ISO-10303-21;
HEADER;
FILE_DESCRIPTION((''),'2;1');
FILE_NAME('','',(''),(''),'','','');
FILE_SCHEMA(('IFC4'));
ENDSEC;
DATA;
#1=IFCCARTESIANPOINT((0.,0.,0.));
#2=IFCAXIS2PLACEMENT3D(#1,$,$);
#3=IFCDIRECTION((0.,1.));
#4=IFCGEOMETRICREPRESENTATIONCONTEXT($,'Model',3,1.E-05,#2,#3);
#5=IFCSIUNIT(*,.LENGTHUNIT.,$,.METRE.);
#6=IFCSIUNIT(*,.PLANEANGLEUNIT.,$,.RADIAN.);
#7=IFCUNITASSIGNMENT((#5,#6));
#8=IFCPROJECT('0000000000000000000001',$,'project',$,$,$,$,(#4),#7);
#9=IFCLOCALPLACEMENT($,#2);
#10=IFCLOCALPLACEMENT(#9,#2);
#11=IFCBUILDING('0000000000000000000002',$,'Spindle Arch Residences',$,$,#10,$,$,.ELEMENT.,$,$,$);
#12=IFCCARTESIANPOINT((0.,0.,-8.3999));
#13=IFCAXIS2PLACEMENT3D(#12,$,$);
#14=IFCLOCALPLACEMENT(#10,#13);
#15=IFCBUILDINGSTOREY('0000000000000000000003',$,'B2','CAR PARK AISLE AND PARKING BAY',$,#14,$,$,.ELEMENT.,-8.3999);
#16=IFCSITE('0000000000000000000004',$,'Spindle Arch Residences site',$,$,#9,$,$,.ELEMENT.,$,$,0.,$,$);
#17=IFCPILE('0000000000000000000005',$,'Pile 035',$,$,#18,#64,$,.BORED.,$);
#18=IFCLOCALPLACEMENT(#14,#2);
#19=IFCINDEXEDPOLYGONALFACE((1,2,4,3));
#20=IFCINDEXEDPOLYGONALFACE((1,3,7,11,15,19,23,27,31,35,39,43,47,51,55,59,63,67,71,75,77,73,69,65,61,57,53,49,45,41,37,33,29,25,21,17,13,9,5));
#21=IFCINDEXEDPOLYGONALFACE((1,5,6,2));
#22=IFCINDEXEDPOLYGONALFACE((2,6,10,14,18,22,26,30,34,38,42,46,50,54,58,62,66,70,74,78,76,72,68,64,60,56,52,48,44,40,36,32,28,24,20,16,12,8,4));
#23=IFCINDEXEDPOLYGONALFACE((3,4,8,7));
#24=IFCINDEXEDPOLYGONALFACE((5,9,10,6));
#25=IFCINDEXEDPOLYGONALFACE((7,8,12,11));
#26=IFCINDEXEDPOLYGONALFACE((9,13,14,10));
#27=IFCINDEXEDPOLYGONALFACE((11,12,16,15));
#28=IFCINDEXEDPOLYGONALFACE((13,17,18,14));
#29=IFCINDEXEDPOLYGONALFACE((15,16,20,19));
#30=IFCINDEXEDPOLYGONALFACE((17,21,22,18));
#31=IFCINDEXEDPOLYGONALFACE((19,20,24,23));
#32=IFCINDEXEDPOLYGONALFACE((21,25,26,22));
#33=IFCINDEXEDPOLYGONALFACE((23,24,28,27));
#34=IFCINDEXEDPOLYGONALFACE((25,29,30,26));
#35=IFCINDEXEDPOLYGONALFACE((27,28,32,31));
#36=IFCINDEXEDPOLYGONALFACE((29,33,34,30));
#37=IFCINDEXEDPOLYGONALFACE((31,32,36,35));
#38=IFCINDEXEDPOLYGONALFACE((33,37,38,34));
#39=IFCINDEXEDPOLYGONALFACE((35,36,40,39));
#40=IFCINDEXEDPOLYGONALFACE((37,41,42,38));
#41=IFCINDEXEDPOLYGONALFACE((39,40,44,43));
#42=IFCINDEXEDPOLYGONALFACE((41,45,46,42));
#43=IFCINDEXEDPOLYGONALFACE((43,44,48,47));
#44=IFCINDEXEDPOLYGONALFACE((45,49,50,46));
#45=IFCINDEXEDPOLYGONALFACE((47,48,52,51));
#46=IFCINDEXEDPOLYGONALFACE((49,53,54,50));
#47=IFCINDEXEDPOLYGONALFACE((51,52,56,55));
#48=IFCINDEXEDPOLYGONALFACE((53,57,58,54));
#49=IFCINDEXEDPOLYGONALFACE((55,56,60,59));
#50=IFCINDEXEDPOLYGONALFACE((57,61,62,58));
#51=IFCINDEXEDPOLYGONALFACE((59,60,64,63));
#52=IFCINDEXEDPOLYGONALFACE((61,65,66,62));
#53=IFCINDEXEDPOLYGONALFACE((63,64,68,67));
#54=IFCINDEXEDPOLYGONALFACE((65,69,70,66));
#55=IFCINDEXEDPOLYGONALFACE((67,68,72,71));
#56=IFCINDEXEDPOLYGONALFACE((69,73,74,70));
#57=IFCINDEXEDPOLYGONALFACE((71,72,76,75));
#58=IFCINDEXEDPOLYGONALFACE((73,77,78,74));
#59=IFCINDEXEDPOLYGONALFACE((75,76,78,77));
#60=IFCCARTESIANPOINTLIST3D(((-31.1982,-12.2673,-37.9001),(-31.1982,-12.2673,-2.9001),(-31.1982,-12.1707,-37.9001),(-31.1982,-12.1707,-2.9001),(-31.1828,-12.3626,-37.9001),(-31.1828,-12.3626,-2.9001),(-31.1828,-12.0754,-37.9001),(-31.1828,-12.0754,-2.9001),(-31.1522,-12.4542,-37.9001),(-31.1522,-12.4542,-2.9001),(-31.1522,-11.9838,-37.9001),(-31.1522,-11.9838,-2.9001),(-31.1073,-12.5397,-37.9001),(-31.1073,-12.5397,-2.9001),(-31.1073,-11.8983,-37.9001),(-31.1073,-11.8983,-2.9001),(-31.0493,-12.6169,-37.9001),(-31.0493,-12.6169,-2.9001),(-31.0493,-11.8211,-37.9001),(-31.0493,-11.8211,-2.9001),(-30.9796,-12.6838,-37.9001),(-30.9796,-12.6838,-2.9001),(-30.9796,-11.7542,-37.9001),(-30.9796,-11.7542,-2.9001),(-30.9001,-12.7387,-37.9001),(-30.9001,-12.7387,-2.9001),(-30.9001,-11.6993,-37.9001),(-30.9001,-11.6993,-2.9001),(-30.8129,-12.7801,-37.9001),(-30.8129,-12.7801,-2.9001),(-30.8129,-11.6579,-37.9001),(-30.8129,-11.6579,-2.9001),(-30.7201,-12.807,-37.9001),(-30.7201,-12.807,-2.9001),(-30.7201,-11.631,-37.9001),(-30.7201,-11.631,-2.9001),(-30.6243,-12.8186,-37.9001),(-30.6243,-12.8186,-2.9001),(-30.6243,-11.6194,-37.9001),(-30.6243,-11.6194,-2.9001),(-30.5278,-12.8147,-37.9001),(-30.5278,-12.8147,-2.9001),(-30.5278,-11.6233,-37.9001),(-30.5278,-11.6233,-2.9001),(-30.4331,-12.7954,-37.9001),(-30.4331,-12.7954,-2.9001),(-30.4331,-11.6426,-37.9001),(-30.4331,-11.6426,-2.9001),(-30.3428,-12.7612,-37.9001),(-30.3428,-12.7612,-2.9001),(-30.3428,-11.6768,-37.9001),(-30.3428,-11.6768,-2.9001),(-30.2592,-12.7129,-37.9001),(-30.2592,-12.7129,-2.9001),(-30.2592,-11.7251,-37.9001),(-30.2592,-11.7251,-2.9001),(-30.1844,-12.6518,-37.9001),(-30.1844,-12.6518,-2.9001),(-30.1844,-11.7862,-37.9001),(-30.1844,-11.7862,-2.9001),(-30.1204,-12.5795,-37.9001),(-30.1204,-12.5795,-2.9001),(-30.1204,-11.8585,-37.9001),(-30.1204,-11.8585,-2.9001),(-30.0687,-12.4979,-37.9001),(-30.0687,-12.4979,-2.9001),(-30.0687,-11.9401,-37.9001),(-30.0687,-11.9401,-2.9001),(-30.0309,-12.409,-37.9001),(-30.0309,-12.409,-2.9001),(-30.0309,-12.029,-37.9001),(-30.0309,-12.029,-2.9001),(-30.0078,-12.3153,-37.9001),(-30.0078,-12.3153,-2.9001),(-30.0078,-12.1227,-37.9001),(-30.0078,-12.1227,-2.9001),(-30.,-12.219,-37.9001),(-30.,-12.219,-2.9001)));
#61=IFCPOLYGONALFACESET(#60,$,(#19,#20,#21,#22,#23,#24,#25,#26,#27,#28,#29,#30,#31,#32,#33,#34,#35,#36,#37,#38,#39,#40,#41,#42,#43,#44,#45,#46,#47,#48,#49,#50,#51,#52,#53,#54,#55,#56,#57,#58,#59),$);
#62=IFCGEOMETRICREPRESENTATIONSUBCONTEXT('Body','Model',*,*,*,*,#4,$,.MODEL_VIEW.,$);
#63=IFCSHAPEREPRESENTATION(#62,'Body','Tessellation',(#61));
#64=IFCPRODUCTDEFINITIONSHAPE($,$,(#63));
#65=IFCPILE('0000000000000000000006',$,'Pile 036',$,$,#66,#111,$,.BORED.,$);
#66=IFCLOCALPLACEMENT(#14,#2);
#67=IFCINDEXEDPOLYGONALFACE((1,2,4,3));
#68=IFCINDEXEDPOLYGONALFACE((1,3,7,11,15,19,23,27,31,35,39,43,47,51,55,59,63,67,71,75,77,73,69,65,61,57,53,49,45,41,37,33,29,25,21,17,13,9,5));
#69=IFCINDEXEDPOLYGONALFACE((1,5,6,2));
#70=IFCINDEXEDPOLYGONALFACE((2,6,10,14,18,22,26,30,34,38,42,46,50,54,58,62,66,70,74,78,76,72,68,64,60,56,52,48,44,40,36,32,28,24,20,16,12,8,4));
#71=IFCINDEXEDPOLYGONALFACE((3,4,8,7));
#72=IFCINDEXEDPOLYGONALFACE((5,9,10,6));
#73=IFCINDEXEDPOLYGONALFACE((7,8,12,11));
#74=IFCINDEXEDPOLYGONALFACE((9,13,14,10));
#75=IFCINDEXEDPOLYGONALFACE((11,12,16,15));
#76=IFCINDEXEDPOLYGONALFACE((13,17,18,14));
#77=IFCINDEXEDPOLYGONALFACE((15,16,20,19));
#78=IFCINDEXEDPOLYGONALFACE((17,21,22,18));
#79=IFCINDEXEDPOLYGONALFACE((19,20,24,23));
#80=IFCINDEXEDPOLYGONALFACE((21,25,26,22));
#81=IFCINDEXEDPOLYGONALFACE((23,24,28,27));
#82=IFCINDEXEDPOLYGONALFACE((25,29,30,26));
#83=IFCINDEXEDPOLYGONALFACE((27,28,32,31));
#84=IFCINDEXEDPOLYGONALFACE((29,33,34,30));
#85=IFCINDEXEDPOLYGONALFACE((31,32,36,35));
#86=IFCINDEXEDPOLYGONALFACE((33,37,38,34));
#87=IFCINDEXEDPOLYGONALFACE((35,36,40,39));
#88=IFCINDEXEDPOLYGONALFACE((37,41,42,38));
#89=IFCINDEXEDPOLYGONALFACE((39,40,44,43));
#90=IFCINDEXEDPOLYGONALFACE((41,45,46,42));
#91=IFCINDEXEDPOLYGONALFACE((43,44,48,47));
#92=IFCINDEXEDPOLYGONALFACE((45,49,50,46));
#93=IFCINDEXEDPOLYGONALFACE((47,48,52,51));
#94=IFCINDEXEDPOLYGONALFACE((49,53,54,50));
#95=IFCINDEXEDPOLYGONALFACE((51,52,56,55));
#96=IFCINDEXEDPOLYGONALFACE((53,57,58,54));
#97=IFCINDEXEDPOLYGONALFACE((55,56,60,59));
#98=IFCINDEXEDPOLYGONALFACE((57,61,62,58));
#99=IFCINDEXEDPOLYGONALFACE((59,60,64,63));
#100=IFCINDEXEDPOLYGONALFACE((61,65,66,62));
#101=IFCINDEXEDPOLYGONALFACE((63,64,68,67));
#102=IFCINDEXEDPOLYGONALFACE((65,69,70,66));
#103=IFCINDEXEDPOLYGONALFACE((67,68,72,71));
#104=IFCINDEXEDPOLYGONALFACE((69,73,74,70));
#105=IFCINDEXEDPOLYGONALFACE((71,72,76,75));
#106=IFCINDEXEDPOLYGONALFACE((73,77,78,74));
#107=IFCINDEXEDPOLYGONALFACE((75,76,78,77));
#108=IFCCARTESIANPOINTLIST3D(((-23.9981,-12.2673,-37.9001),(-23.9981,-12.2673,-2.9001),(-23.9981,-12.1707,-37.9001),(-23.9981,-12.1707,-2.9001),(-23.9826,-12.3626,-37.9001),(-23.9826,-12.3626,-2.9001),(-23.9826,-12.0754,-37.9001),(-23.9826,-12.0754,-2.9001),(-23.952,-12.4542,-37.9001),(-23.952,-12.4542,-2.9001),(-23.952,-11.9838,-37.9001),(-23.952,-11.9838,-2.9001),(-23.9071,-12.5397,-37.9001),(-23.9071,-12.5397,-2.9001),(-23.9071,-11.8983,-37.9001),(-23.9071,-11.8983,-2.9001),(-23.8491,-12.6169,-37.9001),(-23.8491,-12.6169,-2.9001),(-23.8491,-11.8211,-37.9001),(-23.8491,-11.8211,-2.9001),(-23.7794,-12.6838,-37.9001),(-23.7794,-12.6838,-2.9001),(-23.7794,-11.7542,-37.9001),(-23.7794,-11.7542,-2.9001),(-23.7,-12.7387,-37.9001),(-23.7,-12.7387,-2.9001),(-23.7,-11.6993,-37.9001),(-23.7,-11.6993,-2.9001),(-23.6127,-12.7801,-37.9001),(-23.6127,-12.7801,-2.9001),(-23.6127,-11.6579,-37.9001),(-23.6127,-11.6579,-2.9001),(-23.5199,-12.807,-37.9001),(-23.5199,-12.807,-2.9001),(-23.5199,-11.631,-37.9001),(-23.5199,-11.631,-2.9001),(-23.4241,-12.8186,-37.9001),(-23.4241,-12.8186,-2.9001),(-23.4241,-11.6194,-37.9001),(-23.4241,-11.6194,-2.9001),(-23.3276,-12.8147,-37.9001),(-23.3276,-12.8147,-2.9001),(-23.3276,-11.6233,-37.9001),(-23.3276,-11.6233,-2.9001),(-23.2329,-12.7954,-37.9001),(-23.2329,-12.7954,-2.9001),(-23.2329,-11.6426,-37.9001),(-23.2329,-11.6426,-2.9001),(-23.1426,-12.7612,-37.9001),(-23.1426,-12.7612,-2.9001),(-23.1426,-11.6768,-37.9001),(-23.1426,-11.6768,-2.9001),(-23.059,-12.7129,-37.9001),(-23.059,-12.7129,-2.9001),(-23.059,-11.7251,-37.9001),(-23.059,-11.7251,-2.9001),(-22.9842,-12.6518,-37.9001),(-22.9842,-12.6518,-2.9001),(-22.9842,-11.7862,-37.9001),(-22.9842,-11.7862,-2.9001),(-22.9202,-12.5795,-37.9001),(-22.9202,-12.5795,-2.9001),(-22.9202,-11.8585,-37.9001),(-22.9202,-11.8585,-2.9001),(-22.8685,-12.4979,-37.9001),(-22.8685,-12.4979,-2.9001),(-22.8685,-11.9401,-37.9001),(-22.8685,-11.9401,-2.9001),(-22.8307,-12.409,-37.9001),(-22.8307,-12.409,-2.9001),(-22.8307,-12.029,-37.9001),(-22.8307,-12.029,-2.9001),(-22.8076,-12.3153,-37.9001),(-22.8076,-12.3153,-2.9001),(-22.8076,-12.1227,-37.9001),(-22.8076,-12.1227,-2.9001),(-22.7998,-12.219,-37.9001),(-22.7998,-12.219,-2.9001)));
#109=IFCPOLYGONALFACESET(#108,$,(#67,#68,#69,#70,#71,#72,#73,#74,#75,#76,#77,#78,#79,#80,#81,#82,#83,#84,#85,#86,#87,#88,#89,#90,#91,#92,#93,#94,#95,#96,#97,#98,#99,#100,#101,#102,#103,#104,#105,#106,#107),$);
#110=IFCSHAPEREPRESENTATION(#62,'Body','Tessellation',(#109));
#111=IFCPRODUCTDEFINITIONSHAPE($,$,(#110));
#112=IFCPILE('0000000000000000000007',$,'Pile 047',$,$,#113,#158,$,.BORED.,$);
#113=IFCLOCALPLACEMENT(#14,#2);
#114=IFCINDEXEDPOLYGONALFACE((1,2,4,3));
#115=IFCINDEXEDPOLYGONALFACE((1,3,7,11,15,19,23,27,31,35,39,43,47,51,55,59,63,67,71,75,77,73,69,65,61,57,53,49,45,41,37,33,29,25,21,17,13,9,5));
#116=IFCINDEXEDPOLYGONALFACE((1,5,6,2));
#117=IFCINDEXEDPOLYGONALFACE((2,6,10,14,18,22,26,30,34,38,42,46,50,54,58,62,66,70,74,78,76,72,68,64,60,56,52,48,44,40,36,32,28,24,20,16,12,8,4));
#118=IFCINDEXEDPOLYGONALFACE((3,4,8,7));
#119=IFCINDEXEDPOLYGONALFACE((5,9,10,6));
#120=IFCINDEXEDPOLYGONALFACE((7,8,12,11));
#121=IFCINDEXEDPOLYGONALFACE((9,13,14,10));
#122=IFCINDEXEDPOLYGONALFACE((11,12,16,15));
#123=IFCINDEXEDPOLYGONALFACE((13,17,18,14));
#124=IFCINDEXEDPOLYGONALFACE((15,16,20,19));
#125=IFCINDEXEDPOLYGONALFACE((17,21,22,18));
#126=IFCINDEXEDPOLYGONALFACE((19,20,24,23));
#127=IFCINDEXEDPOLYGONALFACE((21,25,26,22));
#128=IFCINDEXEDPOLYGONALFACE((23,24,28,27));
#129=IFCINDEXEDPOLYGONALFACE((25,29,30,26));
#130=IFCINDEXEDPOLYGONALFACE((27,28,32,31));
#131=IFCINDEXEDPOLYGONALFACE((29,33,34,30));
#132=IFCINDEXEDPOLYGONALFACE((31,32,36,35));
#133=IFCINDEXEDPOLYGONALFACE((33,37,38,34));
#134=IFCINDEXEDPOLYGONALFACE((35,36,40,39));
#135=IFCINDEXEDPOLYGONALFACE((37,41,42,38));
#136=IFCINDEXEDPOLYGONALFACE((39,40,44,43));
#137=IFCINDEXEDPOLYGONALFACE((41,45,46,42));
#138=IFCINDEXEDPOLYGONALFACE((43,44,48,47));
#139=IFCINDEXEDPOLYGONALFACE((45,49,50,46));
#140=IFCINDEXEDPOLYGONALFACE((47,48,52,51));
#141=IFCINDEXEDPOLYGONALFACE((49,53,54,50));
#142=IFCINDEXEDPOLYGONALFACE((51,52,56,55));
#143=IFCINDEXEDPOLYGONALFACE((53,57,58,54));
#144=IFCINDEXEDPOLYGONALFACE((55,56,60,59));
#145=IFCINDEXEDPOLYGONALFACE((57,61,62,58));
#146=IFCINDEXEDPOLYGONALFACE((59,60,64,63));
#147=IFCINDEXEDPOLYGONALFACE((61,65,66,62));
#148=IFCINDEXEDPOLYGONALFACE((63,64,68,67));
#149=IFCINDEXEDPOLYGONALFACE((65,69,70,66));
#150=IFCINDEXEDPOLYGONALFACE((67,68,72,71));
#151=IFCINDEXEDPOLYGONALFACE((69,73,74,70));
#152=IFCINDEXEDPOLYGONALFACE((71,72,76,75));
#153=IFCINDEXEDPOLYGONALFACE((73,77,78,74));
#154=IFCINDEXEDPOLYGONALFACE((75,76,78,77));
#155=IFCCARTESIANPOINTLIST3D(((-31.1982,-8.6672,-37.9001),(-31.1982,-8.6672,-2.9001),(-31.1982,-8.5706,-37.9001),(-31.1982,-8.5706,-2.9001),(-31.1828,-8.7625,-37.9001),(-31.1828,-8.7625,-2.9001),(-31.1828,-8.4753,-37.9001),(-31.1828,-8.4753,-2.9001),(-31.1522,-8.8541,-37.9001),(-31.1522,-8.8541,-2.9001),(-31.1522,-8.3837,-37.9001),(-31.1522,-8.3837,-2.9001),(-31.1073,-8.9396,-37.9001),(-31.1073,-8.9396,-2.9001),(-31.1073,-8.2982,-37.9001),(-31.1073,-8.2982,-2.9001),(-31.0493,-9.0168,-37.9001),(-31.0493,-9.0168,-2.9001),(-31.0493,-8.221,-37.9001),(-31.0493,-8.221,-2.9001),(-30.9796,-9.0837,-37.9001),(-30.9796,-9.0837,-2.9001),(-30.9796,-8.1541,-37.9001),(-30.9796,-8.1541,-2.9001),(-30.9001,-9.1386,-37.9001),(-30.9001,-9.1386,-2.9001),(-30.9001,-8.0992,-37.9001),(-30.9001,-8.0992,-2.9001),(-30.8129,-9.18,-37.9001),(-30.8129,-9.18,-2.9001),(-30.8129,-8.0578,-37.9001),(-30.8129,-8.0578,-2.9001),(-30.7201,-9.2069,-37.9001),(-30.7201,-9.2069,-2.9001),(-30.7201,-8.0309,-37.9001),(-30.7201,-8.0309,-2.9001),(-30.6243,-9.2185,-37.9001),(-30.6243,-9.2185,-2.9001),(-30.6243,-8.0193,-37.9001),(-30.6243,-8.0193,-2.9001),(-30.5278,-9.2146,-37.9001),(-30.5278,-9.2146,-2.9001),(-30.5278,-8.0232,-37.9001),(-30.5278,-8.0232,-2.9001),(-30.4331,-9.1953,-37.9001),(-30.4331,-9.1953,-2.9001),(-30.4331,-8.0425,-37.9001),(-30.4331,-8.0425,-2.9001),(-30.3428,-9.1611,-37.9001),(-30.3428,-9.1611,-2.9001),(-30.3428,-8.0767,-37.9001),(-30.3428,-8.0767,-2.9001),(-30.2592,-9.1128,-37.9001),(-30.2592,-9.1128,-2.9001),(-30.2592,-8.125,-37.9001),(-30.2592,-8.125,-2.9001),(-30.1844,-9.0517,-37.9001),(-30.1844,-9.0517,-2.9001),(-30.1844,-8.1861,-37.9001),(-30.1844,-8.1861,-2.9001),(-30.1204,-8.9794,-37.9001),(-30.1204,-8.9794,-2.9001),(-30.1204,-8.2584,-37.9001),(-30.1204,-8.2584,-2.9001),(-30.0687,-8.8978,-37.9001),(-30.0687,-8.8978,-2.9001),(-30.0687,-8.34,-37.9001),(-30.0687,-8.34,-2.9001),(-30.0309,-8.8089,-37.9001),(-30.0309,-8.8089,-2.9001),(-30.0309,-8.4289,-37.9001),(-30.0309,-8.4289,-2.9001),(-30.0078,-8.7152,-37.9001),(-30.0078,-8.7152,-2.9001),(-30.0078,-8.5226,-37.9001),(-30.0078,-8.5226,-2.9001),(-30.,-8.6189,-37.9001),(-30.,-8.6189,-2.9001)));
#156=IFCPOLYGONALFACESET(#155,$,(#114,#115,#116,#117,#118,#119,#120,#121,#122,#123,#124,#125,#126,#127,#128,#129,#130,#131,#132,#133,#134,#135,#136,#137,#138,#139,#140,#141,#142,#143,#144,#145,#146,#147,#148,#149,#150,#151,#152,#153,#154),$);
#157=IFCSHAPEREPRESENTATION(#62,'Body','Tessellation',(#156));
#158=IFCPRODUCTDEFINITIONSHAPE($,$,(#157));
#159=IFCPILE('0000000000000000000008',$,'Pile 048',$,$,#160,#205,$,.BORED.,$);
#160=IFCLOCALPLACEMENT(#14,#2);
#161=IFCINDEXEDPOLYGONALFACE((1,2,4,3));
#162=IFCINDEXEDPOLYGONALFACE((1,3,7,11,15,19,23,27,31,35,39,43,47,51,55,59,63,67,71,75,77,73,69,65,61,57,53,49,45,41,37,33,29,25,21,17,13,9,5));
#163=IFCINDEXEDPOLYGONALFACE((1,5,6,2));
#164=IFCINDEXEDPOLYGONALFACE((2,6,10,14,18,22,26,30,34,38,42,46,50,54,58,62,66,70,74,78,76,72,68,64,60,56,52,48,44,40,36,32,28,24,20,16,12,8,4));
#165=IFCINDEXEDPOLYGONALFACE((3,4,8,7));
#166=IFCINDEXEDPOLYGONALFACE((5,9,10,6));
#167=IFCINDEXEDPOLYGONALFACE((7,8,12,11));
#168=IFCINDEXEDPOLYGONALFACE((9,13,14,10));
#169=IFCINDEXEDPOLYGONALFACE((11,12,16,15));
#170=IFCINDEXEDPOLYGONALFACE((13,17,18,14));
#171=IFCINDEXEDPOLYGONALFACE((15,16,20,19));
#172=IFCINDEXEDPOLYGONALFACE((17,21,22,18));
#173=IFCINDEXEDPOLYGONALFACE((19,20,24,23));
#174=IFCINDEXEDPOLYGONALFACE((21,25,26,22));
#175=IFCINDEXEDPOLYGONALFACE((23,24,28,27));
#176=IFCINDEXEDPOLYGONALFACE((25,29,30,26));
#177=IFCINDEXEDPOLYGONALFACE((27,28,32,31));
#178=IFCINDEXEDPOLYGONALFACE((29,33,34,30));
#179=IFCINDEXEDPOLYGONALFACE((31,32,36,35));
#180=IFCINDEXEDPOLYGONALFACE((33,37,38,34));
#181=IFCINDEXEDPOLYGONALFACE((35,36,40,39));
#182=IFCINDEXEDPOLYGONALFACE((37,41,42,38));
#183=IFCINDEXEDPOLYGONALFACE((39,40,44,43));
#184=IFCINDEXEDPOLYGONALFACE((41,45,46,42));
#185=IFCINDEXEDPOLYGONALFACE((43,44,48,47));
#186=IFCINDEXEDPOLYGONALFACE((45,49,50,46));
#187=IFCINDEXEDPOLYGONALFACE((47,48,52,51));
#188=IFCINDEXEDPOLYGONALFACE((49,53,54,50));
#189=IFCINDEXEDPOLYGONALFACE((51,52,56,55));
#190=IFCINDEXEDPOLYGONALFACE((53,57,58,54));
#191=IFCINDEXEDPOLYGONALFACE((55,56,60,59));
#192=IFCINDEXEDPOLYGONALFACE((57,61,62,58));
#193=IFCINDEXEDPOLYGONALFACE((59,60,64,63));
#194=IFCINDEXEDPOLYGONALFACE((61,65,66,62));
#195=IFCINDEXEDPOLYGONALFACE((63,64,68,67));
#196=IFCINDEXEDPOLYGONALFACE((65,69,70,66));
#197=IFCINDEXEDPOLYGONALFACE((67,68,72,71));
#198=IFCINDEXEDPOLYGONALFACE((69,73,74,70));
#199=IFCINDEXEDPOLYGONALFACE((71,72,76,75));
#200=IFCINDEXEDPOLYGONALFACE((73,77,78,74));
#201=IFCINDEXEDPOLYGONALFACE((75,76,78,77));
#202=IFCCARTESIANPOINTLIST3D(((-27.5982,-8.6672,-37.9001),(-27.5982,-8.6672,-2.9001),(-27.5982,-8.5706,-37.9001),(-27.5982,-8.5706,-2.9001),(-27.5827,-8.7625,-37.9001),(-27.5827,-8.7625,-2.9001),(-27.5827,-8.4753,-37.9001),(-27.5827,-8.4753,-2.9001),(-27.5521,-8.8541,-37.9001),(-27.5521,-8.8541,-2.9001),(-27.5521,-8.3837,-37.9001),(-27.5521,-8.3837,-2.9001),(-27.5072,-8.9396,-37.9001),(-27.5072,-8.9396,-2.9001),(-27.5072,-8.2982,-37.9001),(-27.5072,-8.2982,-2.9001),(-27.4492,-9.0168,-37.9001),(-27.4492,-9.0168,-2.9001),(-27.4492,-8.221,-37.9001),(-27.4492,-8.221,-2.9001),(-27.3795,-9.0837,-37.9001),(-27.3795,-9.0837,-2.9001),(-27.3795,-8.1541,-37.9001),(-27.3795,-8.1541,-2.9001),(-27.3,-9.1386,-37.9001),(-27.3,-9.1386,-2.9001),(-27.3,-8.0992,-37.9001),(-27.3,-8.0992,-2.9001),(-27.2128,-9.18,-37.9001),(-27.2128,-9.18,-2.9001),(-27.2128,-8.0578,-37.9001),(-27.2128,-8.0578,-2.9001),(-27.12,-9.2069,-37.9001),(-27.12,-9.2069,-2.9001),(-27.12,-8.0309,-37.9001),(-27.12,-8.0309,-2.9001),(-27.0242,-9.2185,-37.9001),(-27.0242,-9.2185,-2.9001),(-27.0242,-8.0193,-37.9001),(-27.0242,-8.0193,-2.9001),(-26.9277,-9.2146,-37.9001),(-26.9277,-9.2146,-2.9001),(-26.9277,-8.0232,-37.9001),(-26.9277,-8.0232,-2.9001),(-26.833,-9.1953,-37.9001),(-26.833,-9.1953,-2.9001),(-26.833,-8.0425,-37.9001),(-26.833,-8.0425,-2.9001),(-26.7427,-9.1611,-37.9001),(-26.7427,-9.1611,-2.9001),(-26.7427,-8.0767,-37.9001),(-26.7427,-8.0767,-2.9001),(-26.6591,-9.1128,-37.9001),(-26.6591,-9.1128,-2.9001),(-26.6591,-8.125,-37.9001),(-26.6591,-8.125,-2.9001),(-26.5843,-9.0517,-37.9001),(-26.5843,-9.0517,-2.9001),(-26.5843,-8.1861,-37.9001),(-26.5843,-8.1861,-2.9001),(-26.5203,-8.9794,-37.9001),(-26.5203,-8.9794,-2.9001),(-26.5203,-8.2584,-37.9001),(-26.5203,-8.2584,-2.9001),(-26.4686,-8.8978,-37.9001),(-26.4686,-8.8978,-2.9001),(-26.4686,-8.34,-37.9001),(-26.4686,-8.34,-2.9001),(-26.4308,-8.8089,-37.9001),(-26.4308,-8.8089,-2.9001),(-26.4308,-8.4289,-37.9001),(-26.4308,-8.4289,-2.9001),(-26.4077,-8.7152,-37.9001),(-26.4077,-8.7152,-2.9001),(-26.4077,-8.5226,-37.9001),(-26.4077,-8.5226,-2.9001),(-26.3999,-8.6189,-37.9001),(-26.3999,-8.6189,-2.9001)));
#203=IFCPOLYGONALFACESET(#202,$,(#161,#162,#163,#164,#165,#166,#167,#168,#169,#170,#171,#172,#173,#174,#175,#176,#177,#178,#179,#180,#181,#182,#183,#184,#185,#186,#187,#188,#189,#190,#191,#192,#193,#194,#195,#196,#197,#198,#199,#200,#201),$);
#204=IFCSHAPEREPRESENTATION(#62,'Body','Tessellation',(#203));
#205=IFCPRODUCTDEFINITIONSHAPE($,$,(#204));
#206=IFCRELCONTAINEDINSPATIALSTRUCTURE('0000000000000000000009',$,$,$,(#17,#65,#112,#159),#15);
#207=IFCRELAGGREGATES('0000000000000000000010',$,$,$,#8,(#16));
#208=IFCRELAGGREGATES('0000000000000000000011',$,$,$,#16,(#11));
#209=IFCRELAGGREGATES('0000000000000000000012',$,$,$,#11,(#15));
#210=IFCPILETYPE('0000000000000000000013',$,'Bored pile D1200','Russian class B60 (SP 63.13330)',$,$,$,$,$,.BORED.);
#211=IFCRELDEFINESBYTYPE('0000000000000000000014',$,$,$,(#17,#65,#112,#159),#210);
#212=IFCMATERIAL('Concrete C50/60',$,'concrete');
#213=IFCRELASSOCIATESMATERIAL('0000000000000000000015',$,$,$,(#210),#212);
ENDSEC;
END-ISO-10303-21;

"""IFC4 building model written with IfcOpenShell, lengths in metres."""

from ifc_helpers import new_model, si_unit, direction, frame, origin, origin_2d, place, context, subcontext, project, spatial, circle, extrude, material, material_profile, profile_set, type_object, element, save


model = new_model("IFC4")

# Units and contexts
model_context = context("Model", 3, precision=1e-05, world=origin(), true_north=direction((0.0, 1.0)))
body_context = subcontext(model_context, "Body", "Model", "MODEL_VIEW")
ifc_project = project(units=[si_unit("LENGTHUNIT", "METRE"), si_unit("PLANEANGLEUNIT", "RADIAN")], contexts=[model_context])

# Site, building, storey
site_placement = place(None, origin())
site = spatial("IfcSite", under=ifc_project, at=site_placement, Name="Spindle Arch Residences site", CompositionType="ELEMENT", RefElevation=0.0)
building_placement = place(site_placement, origin())
building = spatial("IfcBuilding", under=site, at=building_placement, Name="Spindle Arch Residences", CompositionType="ELEMENT")
storey_placement = place(building_placement, frame((0.0, 0.0, -8.3999)))
storey = spatial("IfcBuildingStorey", under=building, at=storey_placement, Name="B2", Description="CAR PARK AISLE AND PARKING BAY", CompositionType="ELEMENT", Elevation=-8.3999)

# Piles
ifc_material_1 = material(Name="Concrete C50/60", Category="concrete")
ifc_material_profile_1 = material_profile(ifc_material_1, circle(Radius=0.6001, at=origin_2d()), Name="BP D1200")
ifc_profile_set_1 = profile_set([ifc_material_profile_1], Name="Concrete C50/60")
pile_type = type_object("IfcPileType", Name="Bored pile D1200", Description="Russian class B60 (SP 63.13330)", PredefinedType="BORED", material=ifc_profile_set_1)
for number, where, z_axis, x_axis, name in (
    (1, (-30.6001, -12.219, -2.9001), (0.0, 0.0, -1.0), (1.0, 0.0, 0.0), "Pile 035"),
    (2, (-23.3999, -12.219, -2.9001), (0.0, 0.0, -1.0), (1.0, 0.0, 0.0), "Pile 036"),
    (3, (-30.6001, -8.6189, -2.9001), (0.0, 0.0, -1.0), (1.0, 0.0, 0.0), "Pile 047"),
    (4, (-27.0, -8.6189, -2.9001), (0.0, 0.0, -1.0), (1.0, 0.0, 0.0), "Pile 048"),
):
    element("IfcPile", number, at=place(storey_placement, frame(where, z_axis=z_axis, x_axis=x_axis)), inside=storey, type_object=pile_type, Name=name, PredefinedType="BORED", context=body_context, shape_type="SweptSolid", body=[
        extrude(circle(Radius=0.6001, at=origin_2d()), origin(), (0.0, 0.0, 1.0), 35.0),
    ])

save(model, "model.ifc")
